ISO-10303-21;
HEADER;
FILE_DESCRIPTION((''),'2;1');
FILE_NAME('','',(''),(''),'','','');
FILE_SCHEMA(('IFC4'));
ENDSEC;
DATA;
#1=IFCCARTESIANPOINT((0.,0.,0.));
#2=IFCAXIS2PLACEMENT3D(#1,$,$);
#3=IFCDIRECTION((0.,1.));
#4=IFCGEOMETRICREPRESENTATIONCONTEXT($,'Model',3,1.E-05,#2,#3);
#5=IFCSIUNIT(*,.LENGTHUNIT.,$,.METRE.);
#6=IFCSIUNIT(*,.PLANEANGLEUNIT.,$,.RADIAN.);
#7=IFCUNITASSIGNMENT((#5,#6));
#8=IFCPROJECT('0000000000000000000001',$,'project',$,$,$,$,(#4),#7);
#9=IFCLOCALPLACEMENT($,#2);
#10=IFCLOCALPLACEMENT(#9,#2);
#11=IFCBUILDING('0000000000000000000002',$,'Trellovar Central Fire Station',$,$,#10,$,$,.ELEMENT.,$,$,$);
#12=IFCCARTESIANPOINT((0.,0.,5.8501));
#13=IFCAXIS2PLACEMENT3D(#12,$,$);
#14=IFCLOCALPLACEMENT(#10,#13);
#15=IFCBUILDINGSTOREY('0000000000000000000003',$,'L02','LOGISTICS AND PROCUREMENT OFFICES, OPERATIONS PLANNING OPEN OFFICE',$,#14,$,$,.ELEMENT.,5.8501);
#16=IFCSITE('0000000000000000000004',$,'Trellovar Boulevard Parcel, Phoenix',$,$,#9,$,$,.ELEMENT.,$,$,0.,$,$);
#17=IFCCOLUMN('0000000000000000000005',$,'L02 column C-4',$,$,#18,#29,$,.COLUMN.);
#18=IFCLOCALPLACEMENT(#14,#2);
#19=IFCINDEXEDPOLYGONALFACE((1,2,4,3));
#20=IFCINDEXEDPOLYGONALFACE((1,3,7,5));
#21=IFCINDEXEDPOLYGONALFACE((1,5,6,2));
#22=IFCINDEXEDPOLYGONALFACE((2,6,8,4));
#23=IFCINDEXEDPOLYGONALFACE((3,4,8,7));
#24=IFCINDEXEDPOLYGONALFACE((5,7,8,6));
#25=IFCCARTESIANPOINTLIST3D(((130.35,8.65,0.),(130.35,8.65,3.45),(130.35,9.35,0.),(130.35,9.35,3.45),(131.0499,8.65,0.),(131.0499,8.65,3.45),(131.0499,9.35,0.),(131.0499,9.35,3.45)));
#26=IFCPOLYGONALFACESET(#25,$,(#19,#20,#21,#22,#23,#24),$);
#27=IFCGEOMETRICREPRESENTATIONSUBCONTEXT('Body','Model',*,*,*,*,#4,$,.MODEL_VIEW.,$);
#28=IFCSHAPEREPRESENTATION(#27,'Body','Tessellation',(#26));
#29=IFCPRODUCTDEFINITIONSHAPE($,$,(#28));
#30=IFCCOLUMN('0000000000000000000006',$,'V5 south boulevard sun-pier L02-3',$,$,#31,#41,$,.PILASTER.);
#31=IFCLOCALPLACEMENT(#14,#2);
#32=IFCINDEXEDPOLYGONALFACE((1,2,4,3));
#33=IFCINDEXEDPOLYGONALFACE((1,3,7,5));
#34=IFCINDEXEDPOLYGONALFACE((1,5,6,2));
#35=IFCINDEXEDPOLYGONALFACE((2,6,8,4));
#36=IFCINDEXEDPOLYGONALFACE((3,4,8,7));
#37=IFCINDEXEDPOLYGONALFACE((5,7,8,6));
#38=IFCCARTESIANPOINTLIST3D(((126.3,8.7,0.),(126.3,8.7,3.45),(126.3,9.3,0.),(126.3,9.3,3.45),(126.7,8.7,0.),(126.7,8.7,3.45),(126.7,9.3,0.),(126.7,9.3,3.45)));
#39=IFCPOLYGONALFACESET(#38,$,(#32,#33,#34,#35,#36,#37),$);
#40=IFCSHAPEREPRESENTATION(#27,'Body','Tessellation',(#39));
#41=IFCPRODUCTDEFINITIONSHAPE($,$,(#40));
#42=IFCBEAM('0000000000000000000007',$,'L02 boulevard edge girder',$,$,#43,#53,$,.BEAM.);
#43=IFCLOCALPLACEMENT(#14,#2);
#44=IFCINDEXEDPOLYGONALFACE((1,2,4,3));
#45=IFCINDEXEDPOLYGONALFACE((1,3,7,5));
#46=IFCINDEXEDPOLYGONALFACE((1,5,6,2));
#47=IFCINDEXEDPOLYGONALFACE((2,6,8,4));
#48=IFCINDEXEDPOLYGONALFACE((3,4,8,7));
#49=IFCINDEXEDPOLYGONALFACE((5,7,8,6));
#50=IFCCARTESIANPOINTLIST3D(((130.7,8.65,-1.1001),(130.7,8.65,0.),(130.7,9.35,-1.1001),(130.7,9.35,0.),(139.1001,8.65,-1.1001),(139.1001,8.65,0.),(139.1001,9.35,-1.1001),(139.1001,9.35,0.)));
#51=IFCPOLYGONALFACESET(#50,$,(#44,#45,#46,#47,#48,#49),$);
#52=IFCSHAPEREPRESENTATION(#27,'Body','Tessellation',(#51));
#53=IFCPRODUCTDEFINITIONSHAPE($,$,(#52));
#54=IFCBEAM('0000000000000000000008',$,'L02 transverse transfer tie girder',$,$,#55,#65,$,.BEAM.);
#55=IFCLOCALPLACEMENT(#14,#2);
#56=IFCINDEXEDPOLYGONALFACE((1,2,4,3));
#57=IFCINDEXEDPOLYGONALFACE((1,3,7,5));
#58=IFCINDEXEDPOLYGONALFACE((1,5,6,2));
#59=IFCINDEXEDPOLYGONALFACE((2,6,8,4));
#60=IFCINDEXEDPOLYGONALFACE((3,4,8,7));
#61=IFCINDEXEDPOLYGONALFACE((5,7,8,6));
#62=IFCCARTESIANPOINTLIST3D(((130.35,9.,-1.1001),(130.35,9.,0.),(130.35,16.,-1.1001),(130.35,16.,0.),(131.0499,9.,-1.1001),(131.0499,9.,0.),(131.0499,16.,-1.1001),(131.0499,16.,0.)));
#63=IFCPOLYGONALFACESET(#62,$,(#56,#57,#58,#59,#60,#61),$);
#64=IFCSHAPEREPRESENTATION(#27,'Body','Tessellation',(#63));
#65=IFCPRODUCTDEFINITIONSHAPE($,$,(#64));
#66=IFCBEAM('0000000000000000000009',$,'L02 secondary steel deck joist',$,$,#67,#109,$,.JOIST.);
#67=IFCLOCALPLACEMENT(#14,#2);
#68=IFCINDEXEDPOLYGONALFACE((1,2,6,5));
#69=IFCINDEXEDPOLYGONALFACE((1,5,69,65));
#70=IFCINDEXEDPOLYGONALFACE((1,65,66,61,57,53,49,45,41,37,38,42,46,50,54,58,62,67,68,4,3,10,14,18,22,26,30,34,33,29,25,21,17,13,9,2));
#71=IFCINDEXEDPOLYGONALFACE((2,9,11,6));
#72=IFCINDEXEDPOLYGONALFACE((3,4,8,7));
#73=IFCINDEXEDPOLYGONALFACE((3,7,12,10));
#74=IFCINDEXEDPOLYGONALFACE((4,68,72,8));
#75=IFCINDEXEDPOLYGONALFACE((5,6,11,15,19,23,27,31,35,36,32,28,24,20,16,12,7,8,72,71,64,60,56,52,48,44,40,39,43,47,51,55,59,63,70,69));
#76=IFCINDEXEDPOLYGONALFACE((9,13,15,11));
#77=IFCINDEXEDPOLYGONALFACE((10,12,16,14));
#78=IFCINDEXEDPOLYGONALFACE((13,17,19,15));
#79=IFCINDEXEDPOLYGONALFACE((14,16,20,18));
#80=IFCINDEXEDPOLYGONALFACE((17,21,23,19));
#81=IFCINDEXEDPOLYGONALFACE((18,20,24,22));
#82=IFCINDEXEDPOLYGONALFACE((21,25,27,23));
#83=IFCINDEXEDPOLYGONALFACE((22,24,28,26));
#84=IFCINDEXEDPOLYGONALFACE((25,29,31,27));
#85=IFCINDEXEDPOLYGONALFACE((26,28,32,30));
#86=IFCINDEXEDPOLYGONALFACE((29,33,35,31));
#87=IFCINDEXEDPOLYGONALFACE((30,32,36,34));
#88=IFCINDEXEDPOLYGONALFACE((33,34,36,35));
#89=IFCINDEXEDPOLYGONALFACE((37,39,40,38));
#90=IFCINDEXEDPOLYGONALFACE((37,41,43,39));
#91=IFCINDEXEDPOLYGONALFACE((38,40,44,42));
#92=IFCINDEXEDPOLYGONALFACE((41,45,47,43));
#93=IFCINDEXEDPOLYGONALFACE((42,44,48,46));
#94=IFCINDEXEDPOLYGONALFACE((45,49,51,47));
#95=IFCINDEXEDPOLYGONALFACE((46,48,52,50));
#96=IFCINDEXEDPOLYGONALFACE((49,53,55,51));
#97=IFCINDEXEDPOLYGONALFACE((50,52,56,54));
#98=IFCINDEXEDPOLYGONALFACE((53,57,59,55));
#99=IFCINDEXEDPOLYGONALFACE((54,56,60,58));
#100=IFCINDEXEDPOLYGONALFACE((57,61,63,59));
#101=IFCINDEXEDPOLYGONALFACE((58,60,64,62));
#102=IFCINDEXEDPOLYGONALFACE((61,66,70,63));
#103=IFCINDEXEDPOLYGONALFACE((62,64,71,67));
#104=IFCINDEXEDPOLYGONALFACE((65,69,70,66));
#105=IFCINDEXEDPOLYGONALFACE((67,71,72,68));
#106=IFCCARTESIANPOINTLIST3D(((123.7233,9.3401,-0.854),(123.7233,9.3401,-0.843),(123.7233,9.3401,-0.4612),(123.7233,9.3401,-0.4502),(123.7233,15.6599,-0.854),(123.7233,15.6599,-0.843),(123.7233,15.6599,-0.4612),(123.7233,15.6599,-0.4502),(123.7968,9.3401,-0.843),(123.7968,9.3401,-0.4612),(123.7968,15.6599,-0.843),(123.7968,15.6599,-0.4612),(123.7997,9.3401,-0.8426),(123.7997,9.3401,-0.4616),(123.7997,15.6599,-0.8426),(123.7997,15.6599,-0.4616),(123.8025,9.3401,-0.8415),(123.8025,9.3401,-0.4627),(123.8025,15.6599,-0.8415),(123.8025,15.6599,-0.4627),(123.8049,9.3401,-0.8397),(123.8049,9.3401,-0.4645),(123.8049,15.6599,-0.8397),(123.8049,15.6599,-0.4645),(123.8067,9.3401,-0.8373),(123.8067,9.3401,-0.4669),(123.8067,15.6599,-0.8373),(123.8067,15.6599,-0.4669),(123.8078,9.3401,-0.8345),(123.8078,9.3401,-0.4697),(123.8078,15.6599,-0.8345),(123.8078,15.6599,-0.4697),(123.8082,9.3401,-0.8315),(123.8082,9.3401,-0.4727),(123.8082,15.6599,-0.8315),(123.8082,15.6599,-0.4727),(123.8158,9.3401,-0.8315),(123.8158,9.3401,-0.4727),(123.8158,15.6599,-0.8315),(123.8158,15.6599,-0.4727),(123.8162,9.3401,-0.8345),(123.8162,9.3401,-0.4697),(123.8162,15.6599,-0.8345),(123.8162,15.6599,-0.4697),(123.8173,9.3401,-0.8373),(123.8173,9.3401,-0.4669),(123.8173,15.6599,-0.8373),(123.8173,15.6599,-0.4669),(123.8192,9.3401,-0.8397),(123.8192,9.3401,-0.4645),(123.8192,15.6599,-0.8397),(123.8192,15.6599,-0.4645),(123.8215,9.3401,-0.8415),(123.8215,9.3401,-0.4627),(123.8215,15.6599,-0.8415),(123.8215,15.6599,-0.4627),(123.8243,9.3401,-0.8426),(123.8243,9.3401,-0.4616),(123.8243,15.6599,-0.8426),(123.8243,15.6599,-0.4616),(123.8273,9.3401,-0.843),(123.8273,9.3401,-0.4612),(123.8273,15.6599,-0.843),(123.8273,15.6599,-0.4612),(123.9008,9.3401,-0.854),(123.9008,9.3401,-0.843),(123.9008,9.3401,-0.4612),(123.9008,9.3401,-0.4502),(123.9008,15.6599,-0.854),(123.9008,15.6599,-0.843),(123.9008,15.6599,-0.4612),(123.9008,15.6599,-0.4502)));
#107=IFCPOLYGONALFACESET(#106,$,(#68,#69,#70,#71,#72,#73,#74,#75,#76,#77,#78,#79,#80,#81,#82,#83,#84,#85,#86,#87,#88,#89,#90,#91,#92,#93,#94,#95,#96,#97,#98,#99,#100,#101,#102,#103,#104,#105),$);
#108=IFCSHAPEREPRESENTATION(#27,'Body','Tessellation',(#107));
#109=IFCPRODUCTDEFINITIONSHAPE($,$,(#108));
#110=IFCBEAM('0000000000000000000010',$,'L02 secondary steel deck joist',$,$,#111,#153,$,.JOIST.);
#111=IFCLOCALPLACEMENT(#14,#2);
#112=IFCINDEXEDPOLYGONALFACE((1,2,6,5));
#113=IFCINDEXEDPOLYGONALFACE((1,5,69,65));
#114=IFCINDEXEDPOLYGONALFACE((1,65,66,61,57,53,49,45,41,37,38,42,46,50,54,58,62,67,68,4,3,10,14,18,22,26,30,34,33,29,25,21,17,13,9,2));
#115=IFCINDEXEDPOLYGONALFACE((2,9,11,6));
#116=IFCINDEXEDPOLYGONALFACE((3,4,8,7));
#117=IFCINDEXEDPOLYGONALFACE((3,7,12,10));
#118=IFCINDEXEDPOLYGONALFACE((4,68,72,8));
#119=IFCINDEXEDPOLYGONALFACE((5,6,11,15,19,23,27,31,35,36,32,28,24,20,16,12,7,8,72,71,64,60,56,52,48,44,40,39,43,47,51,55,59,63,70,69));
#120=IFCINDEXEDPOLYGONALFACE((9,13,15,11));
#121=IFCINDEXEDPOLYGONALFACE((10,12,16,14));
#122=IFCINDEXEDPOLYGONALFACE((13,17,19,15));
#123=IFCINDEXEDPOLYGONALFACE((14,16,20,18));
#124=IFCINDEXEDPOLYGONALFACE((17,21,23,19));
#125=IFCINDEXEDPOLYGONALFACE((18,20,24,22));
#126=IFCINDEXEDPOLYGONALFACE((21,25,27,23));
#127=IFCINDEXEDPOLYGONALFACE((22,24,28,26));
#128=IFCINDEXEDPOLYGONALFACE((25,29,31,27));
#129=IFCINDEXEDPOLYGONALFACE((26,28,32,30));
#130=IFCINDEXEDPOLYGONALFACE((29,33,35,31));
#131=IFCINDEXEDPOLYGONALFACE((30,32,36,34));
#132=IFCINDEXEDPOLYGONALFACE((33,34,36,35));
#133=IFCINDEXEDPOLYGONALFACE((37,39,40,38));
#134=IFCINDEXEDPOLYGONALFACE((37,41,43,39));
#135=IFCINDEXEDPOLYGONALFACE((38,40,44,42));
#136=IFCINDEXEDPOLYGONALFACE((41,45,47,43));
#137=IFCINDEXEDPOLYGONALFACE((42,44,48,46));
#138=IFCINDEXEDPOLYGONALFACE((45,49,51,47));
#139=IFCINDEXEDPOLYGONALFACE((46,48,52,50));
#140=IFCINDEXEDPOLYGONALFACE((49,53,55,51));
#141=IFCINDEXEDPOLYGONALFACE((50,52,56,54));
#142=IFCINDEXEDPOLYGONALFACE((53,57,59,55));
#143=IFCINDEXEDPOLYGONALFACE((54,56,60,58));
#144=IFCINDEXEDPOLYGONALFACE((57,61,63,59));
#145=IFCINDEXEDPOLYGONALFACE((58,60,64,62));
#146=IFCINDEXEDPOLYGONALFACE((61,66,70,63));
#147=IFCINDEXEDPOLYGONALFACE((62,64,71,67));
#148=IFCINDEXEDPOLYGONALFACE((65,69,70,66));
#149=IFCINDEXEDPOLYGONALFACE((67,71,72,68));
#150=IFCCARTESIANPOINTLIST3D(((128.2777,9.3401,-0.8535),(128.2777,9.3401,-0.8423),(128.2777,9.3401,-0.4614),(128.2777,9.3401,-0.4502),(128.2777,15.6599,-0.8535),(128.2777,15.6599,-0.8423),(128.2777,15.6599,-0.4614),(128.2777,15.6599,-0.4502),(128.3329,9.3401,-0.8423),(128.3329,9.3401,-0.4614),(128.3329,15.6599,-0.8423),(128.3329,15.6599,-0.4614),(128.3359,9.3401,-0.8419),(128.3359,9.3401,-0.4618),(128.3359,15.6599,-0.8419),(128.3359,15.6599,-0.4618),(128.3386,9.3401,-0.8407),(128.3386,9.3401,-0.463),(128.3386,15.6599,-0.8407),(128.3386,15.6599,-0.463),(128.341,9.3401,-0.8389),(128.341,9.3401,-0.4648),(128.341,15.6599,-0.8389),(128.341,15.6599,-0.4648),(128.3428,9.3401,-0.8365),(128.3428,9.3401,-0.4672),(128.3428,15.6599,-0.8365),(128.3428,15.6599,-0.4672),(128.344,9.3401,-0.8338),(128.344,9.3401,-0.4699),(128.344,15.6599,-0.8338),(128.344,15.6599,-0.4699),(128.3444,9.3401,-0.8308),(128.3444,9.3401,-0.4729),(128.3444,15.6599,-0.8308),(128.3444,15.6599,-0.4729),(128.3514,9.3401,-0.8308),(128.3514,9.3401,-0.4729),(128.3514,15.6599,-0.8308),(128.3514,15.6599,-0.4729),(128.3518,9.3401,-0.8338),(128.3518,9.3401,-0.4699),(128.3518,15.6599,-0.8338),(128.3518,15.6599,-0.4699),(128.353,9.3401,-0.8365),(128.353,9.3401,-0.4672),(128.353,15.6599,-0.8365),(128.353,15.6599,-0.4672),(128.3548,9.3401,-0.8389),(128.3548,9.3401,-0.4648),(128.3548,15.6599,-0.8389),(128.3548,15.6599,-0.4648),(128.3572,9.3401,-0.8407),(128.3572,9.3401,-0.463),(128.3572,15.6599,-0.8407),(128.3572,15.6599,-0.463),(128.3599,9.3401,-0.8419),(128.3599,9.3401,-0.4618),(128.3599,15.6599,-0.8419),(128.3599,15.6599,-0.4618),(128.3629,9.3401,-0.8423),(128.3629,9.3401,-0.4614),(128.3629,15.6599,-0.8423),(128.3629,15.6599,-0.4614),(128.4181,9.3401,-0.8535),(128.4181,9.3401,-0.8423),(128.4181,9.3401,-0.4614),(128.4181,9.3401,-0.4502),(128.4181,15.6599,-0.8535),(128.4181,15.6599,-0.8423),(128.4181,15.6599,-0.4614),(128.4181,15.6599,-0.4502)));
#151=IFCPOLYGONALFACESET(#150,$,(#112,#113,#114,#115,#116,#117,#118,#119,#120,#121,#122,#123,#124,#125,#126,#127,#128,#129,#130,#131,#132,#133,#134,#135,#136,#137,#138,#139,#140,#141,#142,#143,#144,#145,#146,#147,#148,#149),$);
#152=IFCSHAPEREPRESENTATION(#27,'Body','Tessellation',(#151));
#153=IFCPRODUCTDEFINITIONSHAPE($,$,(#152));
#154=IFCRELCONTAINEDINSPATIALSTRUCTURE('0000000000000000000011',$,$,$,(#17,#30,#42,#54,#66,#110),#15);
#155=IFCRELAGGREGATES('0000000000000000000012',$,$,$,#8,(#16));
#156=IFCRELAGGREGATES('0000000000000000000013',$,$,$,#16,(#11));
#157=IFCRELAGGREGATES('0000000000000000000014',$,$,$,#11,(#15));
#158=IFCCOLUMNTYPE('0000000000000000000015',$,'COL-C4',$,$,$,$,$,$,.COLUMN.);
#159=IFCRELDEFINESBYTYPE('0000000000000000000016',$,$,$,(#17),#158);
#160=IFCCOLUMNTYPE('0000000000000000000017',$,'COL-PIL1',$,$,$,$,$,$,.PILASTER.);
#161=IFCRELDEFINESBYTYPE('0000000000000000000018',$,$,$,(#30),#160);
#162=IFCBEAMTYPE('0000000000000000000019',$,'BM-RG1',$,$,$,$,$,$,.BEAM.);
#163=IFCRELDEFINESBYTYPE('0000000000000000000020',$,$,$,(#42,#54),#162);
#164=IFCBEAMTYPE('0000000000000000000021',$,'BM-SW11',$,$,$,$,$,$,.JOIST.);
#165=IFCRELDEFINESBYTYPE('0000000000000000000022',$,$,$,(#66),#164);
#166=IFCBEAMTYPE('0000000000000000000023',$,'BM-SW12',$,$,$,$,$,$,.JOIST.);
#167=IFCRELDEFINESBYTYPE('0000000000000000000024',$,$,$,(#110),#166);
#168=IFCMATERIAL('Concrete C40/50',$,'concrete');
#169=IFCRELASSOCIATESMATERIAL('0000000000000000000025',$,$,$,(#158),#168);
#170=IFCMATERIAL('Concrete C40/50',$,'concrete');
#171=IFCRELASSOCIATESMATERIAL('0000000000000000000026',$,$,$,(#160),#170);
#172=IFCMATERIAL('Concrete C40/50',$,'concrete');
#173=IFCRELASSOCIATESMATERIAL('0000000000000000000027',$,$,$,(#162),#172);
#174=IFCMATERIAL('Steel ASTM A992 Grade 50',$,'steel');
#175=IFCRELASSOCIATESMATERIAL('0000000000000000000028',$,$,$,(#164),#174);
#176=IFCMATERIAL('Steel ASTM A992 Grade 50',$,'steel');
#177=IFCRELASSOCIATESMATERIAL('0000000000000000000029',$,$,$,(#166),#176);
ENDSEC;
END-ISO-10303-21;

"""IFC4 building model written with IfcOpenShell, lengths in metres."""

from ifc_helpers import new_model, si_unit, direction, frame, origin, origin_2d, place, context, subcontext, project, spatial, rectangle, i_section, extrude, material, material_profile, profile_set, type_object, element, save


model = new_model("IFC4")

# Units and contexts
model_context = context("Model", 3, precision=1e-05, world=origin(), true_north=direction((0.0, 1.0)))
body_context = subcontext(model_context, "Body", "Model", "MODEL_VIEW")
ifc_project = project(units=[si_unit("LENGTHUNIT", "METRE"), si_unit("PLANEANGLEUNIT", "RADIAN")], contexts=[model_context])

# Site, building, storey
site_placement = place(None, origin())
site = spatial("IfcSite", under=ifc_project, at=site_placement, Name="Trellovar Boulevard Parcel, Phoenix", CompositionType="ELEMENT", RefElevation=0.0)
building_placement = place(site_placement, origin())
building = spatial("IfcBuilding", under=site, at=building_placement, Name="Trellovar Central Fire Station", CompositionType="ELEMENT")
storey_placement = place(building_placement, frame((0.0, 0.0, 5.8501)))
storey = spatial("IfcBuildingStorey", under=building, at=storey_placement, Name="L02", Description="LOGISTICS AND PROCUREMENT OFFICES, OPERATIONS PLANNING OPEN OFFICE", CompositionType="ELEMENT", Elevation=5.8501)

# Columns
ifc_material_1 = material(Name="Concrete C40/50", Category="concrete")
ifc_material_profile_1 = material_profile(ifc_material_1, rectangle(XDim=0.7, YDim=0.7, at=origin_2d()), Name="RC700X700")
ifc_profile_set_1 = profile_set([ifc_material_profile_1], Name="Concrete C40/50")
column_type_1 = type_object("IfcColumnType", Name="COL-C4", PredefinedType="COLUMN", material=ifc_profile_set_1)
column_1_placement = place(storey_placement, frame((130.7, 9.0, 0.0), z_axis=(0.0, 0.0, 1.0), x_axis=(1.0, 0.0, 0.0)))
element("IfcColumn", 1, at=column_1_placement, inside=storey, type_object=column_type_1, Name="L02 column C-4", PredefinedType="COLUMN", context=body_context, shape_type="SweptSolid", body=[
    extrude(rectangle(XDim=0.7, YDim=0.7, at=origin_2d()), origin(), (0.0, 0.0, 1.0), 3.45),
])
ifc_material_2 = material(Name="Concrete C40/50", Category="concrete")
ifc_material_profile_2 = material_profile(ifc_material_2, rectangle(XDim=0.3999, YDim=0.6001, at=origin_2d()), Name="RC400X600")
ifc_profile_set_2 = profile_set([ifc_material_profile_2], Name="Concrete C40/50")
column_type_2 = type_object("IfcColumnType", Name="COL-PIL1", PredefinedType="PILASTER", material=ifc_profile_set_2)
column_2_placement = place(storey_placement, frame((126.5, 9.0, 0.0), z_axis=(0.0, 0.0, 1.0), x_axis=(1.0, 0.0, 0.0)))
element("IfcColumn", 2, at=column_2_placement, inside=storey, type_object=column_type_2, Name="V5 south boulevard sun-pier L02-3", PredefinedType="PILASTER", context=body_context, shape_type="SweptSolid", body=[
    extrude(rectangle(XDim=0.3999, YDim=0.6001, at=origin_2d()), origin(), (0.0, 0.0, 1.0), 3.45),
])

# Beams
ifc_material_3 = material(Name="Concrete C40/50", Category="concrete")
ifc_material_profile_3 = material_profile(ifc_material_3, rectangle(XDim=0.7, YDim=1.1001, at=origin_2d()), Name="RC700X1100")
ifc_profile_set_3 = profile_set([ifc_material_profile_3], Name="Concrete C40/50")
beam_type_1 = type_object("IfcBeamType", Name="BM-RG1", PredefinedType="BEAM", material=ifc_profile_set_3)
beam_1_placement = place(storey_placement, frame((130.7, 9.0, -0.55), z_axis=(1.0, 0.0, 0.0), x_axis=(0.0, 1.0, 0.0)))
element("IfcBeam", 3, at=beam_1_placement, inside=storey, type_object=beam_type_1, Name="L02 boulevard edge girder", PredefinedType="BEAM", context=body_context, shape_type="SweptSolid", body=[
    extrude(rectangle(XDim=0.7, YDim=1.1001, at=origin_2d()), origin(), (0.0, 0.0, 1.0), 8.4001),
])
beam_2_placement = place(storey_placement, frame((130.7, 9.0, -0.55), z_axis=(0.0, 1.0, 0.0), x_axis=(-1.0, 0.0, 0.0)))
element("IfcBeam", 4, at=beam_2_placement, inside=storey, type_object=beam_type_1, Name="L02 transverse transfer tie girder", PredefinedType="BEAM", context=body_context, shape_type="SweptSolid", body=[
    extrude(rectangle(XDim=0.7, YDim=1.1001, at=origin_2d()), origin(), (0.0, 0.0, 1.0), 7.0),
])
ifc_material_4 = material(Name="Steel ASTM A992 Grade 50", Category="steel")
ifc_material_profile_4 = material_profile(ifc_material_4, i_section(OverallWidth=0.1775, OverallDepth=0.4038, WebThickness=0.0076, FlangeThickness=0.011, FilletRadius=0.0115, at=origin_2d()), Name="W16X36")
ifc_profile_set_4 = profile_set([ifc_material_profile_4], Name="Steel ASTM A992 Grade 50")
beam_type_2 = type_object("IfcBeamType", Name="BM-SW11", PredefinedType="JOIST", material=ifc_profile_set_4)
beam_3_placement = place(storey_placement, frame((123.812, 9.3401, -0.6521), z_axis=(0.0, 1.0, 0.0), x_axis=(-1.0, 0.0, 0.0)))
element("IfcBeam", 5, at=beam_3_placement, inside=storey, type_object=beam_type_2, Name="L02 secondary steel deck joist", PredefinedType="JOIST", context=body_context, shape_type="SweptSolid", body=[
    extrude(i_section(OverallWidth=0.1775, OverallDepth=0.4038, WebThickness=0.0076, FlangeThickness=0.011, FilletRadius=0.0115, at=origin_2d()), origin(), (0.0, 0.0, 1.0), 6.3198),
])
ifc_material_5 = material(Name="Steel ASTM A992 Grade 50", Category="steel")
ifc_material_profile_5 = material_profile(ifc_material_5, i_section(OverallWidth=0.1404, OverallDepth=0.4033, WebThickness=0.0071, FlangeThickness=0.0112, FilletRadius=0.0115, at=origin_2d()), Name="W16X31")
ifc_profile_set_5 = profile_set([ifc_material_profile_5], Name="Steel ASTM A992 Grade 50")
beam_type_3 = type_object("IfcBeamType", Name="BM-SW12", PredefinedType="JOIST", material=ifc_profile_set_5)
beam_4_placement = place(storey_placement, frame((128.3479, 9.3401, -0.6519), z_axis=(0.0, 1.0, 0.0), x_axis=(-1.0, 0.0, 0.0)))
element("IfcBeam", 6, at=beam_4_placement, inside=storey, type_object=beam_type_3, Name="L02 secondary steel deck joist", PredefinedType="JOIST", context=body_context, shape_type="SweptSolid", body=[
    extrude(i_section(OverallWidth=0.1404, OverallDepth=0.4033, WebThickness=0.0071, FlangeThickness=0.0112, FilletRadius=0.0115, at=origin_2d()), origin(), (0.0, 0.0, 1.0), 6.3198),
])

save(model, "model.ifc")
